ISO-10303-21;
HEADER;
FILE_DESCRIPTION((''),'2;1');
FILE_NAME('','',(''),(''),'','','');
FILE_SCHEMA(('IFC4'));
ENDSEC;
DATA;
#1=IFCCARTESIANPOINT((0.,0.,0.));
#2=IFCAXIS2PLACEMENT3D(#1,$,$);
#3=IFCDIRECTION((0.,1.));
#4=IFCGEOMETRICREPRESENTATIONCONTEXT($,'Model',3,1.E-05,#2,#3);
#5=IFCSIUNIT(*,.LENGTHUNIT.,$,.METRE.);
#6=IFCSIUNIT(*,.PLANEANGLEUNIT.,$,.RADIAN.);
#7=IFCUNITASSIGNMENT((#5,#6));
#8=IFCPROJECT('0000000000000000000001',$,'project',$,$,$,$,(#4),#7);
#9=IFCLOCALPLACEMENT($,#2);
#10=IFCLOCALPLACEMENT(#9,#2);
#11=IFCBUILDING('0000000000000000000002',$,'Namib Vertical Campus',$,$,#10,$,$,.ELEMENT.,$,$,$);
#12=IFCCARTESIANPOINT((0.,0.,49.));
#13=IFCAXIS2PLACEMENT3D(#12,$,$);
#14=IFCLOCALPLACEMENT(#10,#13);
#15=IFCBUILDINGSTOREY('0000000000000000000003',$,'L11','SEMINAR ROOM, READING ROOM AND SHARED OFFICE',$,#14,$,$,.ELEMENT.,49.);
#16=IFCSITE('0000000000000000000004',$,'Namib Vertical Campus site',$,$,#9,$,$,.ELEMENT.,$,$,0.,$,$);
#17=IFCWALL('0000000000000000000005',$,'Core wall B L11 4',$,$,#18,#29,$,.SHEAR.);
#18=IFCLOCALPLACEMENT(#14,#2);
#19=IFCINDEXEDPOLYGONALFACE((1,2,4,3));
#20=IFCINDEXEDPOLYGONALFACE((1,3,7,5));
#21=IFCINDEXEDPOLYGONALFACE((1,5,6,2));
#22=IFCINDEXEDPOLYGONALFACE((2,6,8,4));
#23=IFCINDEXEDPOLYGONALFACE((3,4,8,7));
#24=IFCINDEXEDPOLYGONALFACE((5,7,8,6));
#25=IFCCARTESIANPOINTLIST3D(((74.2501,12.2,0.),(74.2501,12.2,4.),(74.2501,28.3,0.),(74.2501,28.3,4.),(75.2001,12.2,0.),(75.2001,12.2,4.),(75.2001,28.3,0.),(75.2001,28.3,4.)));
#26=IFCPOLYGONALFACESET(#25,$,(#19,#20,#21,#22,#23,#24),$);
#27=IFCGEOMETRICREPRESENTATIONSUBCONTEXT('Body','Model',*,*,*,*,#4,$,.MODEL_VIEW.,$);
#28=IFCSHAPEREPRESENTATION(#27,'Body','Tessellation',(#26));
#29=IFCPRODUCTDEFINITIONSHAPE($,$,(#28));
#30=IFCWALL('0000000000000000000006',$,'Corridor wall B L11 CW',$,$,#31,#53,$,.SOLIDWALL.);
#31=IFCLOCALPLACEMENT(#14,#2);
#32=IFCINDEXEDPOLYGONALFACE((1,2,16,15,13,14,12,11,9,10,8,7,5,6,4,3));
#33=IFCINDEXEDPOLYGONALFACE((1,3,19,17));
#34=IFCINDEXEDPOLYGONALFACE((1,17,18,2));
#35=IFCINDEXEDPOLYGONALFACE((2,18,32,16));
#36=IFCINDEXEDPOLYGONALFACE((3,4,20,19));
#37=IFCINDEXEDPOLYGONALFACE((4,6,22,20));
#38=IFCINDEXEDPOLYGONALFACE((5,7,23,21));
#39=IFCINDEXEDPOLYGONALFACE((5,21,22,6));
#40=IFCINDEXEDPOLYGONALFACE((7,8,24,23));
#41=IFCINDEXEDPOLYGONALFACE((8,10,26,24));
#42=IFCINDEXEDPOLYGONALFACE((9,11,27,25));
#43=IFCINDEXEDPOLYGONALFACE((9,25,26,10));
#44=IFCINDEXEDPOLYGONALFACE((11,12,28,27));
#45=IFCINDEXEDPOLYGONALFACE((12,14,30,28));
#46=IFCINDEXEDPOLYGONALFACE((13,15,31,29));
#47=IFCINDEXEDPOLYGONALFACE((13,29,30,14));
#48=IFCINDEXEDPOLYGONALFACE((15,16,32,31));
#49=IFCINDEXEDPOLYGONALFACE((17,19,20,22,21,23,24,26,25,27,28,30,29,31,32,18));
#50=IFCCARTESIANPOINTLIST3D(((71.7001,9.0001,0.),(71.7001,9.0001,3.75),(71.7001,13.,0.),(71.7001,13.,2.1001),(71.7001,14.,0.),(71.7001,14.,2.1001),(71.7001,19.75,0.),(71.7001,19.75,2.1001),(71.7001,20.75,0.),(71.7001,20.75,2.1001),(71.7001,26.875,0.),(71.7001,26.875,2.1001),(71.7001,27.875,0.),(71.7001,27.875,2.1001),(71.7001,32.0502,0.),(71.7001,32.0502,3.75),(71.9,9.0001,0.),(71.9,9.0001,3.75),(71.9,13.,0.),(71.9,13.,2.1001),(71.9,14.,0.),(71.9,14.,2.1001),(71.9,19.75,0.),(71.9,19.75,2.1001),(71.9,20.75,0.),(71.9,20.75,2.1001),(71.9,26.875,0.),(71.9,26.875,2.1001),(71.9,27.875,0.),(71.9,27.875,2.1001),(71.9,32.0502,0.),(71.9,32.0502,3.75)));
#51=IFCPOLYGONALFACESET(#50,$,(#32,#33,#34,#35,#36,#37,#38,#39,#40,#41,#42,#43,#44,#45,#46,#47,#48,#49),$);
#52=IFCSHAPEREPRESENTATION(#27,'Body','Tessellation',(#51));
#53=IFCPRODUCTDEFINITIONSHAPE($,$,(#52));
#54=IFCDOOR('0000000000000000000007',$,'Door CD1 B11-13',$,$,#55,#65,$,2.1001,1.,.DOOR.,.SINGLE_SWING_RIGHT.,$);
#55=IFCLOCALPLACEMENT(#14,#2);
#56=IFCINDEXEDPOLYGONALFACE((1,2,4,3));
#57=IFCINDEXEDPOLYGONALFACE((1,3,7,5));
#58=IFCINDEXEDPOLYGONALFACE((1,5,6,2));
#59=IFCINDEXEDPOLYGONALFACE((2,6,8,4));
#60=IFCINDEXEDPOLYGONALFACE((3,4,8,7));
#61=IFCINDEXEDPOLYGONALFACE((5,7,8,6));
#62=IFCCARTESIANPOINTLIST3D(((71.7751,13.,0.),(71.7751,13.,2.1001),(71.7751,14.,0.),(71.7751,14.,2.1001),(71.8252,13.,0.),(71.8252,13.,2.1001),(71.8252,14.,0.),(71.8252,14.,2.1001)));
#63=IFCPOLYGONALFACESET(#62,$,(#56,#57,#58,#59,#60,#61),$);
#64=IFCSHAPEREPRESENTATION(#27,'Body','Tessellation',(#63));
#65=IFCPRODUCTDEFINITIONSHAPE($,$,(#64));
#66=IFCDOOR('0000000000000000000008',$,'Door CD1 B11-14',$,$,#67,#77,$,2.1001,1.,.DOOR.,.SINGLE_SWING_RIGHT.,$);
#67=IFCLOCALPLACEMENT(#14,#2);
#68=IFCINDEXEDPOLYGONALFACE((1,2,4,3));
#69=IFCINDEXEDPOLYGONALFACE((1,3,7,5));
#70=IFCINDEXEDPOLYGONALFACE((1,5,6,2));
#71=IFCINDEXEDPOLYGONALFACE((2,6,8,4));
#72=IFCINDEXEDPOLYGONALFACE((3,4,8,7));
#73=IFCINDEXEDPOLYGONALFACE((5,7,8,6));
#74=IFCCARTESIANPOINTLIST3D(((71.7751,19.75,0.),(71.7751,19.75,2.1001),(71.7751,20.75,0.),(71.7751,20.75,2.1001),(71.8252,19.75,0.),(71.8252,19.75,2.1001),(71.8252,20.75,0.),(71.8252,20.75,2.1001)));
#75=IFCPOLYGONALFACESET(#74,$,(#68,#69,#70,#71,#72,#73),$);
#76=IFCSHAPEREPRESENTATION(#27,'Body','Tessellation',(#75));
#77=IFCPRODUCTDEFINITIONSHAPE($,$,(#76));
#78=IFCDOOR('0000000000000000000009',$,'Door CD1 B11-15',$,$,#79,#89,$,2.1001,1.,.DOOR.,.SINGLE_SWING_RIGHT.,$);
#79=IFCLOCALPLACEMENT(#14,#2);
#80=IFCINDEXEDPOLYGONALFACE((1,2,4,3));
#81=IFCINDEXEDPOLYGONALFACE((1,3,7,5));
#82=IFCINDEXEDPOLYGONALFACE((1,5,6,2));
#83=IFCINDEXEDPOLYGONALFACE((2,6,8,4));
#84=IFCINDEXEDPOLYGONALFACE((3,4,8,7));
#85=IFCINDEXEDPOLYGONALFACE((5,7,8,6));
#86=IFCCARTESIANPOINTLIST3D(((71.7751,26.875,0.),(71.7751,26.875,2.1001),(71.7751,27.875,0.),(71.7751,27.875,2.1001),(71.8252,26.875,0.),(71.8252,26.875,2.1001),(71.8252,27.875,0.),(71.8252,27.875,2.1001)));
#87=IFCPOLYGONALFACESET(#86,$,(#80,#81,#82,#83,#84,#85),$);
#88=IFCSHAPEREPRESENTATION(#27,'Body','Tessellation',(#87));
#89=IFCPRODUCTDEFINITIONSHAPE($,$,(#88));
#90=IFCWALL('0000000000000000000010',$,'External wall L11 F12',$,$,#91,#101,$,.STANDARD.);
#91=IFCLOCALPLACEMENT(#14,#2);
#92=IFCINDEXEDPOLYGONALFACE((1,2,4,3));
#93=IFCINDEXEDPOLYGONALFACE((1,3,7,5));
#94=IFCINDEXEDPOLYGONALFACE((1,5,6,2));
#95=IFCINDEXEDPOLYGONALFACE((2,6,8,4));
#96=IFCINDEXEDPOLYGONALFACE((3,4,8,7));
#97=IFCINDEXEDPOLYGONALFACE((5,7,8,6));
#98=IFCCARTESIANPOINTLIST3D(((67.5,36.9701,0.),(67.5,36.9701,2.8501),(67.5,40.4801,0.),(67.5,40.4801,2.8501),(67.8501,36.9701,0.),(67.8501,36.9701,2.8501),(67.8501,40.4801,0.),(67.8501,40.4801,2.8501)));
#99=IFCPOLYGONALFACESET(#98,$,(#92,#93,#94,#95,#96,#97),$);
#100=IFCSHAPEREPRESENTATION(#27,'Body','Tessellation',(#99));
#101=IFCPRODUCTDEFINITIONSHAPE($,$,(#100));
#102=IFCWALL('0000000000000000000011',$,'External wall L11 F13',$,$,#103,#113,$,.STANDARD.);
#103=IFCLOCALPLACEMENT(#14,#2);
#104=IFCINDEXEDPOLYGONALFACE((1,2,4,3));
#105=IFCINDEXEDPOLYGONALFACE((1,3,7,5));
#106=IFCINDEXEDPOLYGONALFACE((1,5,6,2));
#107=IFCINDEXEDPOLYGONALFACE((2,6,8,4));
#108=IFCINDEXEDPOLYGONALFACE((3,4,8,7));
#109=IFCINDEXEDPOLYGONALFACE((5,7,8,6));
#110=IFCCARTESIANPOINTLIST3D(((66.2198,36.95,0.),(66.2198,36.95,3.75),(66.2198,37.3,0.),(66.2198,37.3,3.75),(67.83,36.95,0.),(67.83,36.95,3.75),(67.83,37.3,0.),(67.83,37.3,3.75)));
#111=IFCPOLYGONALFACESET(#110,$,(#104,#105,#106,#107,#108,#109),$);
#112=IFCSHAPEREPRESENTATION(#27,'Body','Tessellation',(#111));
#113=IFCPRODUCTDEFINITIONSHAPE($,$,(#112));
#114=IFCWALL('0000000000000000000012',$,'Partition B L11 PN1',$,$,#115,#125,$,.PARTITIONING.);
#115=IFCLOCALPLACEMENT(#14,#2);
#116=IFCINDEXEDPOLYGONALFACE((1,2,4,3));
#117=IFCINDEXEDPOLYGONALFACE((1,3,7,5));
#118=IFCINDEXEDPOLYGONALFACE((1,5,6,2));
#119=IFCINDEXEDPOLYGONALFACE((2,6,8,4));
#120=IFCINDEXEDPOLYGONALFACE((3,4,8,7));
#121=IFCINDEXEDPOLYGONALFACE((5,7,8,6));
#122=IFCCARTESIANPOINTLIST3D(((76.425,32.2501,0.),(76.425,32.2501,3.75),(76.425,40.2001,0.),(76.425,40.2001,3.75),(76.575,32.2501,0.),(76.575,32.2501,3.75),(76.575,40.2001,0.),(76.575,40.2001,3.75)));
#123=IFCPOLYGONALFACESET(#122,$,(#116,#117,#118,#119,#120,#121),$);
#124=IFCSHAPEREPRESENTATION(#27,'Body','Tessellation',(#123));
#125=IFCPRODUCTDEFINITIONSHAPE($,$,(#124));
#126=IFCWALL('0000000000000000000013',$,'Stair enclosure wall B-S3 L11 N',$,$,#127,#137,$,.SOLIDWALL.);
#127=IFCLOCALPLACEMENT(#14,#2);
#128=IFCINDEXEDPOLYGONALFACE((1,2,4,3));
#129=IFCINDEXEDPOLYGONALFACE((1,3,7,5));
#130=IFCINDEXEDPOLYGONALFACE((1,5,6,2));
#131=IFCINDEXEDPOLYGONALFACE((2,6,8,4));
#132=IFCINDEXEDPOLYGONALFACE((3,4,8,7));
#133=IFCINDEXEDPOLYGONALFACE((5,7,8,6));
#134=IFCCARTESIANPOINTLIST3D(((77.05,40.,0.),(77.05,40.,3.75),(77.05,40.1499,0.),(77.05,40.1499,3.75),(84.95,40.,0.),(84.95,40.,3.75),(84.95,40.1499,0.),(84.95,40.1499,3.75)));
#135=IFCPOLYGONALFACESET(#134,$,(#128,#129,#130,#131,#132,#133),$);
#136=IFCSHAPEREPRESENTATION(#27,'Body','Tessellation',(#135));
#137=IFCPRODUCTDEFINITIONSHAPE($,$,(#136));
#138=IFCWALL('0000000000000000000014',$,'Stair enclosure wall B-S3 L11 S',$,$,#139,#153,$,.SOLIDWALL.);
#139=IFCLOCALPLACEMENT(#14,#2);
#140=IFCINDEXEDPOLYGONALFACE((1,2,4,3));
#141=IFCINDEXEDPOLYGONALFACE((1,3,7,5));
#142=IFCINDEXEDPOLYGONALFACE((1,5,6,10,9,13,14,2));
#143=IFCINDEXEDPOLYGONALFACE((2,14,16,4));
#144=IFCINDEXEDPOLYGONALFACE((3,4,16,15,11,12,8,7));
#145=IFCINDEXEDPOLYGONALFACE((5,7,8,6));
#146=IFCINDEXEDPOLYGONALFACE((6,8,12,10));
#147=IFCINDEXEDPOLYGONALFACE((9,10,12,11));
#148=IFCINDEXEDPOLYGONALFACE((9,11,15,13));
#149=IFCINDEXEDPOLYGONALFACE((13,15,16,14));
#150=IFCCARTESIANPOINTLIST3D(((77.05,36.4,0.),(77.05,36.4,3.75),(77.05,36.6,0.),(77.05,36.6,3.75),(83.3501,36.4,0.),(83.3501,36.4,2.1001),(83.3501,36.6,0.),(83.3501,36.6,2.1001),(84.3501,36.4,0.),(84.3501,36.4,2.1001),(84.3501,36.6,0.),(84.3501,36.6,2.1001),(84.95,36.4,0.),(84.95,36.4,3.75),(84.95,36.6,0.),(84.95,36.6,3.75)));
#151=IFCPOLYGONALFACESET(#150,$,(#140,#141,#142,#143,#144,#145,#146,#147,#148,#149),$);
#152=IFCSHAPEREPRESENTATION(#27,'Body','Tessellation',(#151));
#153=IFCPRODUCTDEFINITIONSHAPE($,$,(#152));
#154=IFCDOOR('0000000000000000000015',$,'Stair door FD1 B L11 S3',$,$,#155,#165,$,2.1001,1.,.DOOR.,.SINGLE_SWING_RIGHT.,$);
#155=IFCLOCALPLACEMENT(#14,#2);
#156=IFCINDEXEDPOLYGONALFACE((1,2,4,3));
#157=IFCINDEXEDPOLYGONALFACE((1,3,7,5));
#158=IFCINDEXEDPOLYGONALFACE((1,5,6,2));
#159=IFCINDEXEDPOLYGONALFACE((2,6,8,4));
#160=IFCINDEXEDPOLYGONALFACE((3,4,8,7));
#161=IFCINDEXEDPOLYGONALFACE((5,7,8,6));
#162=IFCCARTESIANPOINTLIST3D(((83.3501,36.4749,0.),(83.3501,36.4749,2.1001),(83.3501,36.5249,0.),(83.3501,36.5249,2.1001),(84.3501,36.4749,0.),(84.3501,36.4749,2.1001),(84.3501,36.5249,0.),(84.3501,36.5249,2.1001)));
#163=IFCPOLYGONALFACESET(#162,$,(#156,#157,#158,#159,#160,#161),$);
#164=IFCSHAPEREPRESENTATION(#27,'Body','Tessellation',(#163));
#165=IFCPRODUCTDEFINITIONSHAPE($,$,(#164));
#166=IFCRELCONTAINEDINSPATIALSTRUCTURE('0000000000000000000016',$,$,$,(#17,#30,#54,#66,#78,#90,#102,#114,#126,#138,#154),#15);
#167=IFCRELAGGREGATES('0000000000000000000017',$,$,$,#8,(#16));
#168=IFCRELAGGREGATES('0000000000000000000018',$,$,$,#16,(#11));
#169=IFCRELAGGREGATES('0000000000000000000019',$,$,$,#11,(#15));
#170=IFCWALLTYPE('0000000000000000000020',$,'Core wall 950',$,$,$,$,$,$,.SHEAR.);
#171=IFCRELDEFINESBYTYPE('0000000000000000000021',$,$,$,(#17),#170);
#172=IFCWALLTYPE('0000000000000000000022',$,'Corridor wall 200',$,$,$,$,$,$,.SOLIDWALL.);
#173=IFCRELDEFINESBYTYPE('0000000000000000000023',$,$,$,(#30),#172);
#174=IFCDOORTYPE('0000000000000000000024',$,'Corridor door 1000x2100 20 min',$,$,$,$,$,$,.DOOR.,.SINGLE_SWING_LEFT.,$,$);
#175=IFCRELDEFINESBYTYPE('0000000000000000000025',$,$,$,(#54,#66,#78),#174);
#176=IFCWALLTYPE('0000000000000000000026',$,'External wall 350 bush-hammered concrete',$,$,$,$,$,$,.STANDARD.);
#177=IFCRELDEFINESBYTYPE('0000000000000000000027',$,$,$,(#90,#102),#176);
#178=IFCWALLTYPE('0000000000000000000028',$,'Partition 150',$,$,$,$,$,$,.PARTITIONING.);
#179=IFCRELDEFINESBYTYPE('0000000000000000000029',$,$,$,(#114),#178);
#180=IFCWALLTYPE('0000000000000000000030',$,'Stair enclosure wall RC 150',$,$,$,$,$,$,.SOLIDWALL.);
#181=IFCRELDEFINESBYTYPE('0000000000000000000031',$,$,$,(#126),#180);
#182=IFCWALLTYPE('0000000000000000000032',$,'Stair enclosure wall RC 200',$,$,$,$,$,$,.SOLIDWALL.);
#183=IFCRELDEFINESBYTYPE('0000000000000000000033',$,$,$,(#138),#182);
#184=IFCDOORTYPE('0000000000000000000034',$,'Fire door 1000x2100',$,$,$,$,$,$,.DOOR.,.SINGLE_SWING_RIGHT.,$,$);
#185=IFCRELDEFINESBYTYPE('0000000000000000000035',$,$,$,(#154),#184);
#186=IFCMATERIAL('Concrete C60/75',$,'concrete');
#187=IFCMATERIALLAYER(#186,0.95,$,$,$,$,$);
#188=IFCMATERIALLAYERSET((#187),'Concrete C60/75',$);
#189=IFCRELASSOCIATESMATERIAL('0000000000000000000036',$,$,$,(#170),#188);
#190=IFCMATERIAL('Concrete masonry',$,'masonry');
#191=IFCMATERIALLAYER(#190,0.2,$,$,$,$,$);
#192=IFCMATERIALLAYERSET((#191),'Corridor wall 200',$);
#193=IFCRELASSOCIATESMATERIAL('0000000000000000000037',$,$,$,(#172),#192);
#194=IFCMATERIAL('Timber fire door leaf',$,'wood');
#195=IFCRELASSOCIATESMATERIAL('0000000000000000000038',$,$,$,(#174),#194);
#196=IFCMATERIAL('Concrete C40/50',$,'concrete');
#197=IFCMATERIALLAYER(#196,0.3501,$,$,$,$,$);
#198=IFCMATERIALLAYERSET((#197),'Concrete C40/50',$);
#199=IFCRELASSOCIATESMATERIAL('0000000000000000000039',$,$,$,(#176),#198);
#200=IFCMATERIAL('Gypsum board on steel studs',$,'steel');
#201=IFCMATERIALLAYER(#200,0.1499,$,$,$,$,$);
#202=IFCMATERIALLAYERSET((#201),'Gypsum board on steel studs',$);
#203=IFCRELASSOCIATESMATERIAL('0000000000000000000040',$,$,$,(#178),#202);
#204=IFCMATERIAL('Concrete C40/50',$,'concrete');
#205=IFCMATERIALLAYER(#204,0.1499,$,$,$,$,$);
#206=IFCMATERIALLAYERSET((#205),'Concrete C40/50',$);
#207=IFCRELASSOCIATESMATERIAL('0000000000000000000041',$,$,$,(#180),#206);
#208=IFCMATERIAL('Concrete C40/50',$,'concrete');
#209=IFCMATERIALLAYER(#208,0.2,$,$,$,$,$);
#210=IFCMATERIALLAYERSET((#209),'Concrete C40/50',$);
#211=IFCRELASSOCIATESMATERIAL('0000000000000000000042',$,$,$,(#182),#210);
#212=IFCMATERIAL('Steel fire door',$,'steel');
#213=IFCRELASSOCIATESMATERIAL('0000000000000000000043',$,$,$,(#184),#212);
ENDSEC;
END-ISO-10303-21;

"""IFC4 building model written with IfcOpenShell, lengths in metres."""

from ifc_helpers import new_model, si_unit, direction, frame, frame_2d, origin, place, context, subcontext, project, spatial, rectangle, extrude, material, layer, layer_set, type_object, element, fill, save


model = new_model("IFC4")

# Units and contexts
model_context = context("Model", 3, precision=1e-05, world=origin(), true_north=direction((0.0, 1.0)))
body_context = subcontext(model_context, "Body", "Model", "MODEL_VIEW")
ifc_project = project(units=[si_unit("LENGTHUNIT", "METRE"), si_unit("PLANEANGLEUNIT", "RADIAN")], contexts=[model_context])

# Site, building, storey
site_placement = place(None, origin())
site = spatial("IfcSite", under=ifc_project, at=site_placement, Name="Namib Vertical Campus site", CompositionType="ELEMENT", RefElevation=0.0)
building_placement = place(site_placement, origin())
building = spatial("IfcBuilding", under=site, at=building_placement, Name="Namib Vertical Campus", CompositionType="ELEMENT")
storey_placement = place(building_placement, frame((0.0, 0.0, 49.0)))
storey = spatial("IfcBuildingStorey", under=building, at=storey_placement, Name="L11", Description="SEMINAR ROOM, READING ROOM AND SHARED OFFICE", CompositionType="ELEMENT", Elevation=49.0)

# Wall
ifc_material_1 = material(Name="Concrete C60/75", Category="concrete")
ifc_layer_1 = layer(ifc_material_1, 0.95)
ifc_layer_set_1 = layer_set([ifc_layer_1], Name="Concrete C60/75")
wall_type_1 = type_object("IfcWallType", Name="Core wall 950", PredefinedType="SHEAR", material=ifc_layer_set_1)
wall_1_placement = place(storey_placement, frame((74.7251, 28.3, 0.0), z_axis=(0.0, 0.0, 1.0), x_axis=(0.0, -1.0, 0.0)))
element("IfcWall", 1, at=wall_1_placement, inside=storey, type_object=wall_type_1, Name="Core wall B L11 4", PredefinedType="SHEAR", context=body_context, shape_type="SweptSolid", body=[
    extrude(rectangle(XDim=16.1001, YDim=0.95, at=frame_2d((8.05, 0.0))), origin(), (0.0, 0.0, 1.0), 4.0),
])

# Wall, openings, doors
ifc_material_2 = material(Name="Concrete masonry", Category="masonry")
ifc_layer_2 = layer(ifc_material_2, 0.2)
ifc_layer_set_2 = layer_set([ifc_layer_2], Name="Corridor wall 200")
wall_type_2 = type_object("IfcWallType", Name="Corridor wall 200", PredefinedType="SOLIDWALL", material=ifc_layer_set_2)
wall_2_placement = place(storey_placement, frame((71.8, 32.05, 0.0), z_axis=(0.0, 0.0, 1.0), x_axis=(0.0, -1.0, 0.0)))
wall_2 = element("IfcWall", 2, at=wall_2_placement, inside=storey, type_object=wall_type_2, Name="Corridor wall B L11 CW", PredefinedType="SOLIDWALL", context=body_context, shape_type="SweptSolid", body=[
    extrude(rectangle(XDim=23.05, YDim=0.2, at=frame_2d((11.5249, 0.0))), origin(), (0.0, 0.0, 1.0), 3.75),
])
opening_1_placement = place(wall_2_placement, frame((18.05, 0.0, 0.0)))
opening_1 = element("IfcOpeningElement", 3, at=opening_1_placement, cuts=wall_2, PredefinedType="OPENING", context=body_context, shape_type="SweptSolid", body=[
    extrude(rectangle(XDim=1.0, YDim=2.1001, at=frame_2d((0.5, 1.05))), frame((0.0, 0.1099, 0.0), z_axis=(0.0, -1.0, 0.0), x_axis=(1.0, 0.0, 0.0)), (0.0, 0.0, 1.0), 0.22),
])
opening_2_placement = place(wall_2_placement, frame((11.3, 0.0, 0.0)))
opening_2 = element("IfcOpeningElement", 4, at=opening_2_placement, cuts=wall_2, PredefinedType="OPENING", context=body_context, shape_type="SweptSolid", body=[
    extrude(rectangle(XDim=1.0, YDim=2.1001, at=frame_2d((0.5, 1.05))), frame((0.0, 0.1099, 0.0), z_axis=(0.0, -1.0, 0.0), x_axis=(1.0, 0.0, 0.0)), (0.0, 0.0, 1.0), 0.22),
])
opening_3_placement = place(wall_2_placement, frame((4.175, 0.0, 0.0)))
opening_3 = element("IfcOpeningElement", 5, at=opening_3_placement, cuts=wall_2, PredefinedType="OPENING", context=body_context, shape_type="SweptSolid", body=[
    extrude(rectangle(XDim=1.0, YDim=2.1001, at=frame_2d((0.5, 1.05))), frame((0.0, 0.1099, 0.0), z_axis=(0.0, -1.0, 0.0), x_axis=(1.0, 0.0, 0.0)), (0.0, 0.0, 1.0), 0.22),
])
ifc_material_3 = material(Name="Timber fire door leaf", Category="wood")
door_type_1 = type_object("IfcDoorType", Name="Corridor door 1000x2100 20 min", OperationType="SINGLE_SWING_LEFT", PredefinedType="DOOR", material=ifc_material_3)
door_1_placement = place(opening_1_placement, frame((1.0, 0.0, 0.0), z_axis=(0.0, 0.0, 1.0), x_axis=(-1.0, 0.0, 0.0)))
door_1 = element("IfcDoor", 6, at=door_1_placement, inside=storey, type_object=door_type_1, Name="Door CD1 B11-13", OperationType="SINGLE_SWING_RIGHT", OverallHeight=2.1001, OverallWidth=1.0, PredefinedType="DOOR", context=body_context, shape_type="SweptSolid", body=[
    extrude(rectangle(XDim=1.0, YDim=2.1001, at=frame_2d((0.5, 1.05))), frame((0.0, 0.0249, 0.0), z_axis=(0.0, -1.0, 0.0), x_axis=(1.0, 0.0, 0.0)), (0.0, 0.0, 1.0), 0.05),
])
fill(opening_1, door_1)
door_2_placement = place(opening_2_placement, frame((1.0, 0.0, 0.0), z_axis=(0.0, 0.0, 1.0), x_axis=(-1.0, 0.0, 0.0)))
door_2 = element("IfcDoor", 7, at=door_2_placement, inside=storey, type_object=door_type_1, Name="Door CD1 B11-14", OperationType="SINGLE_SWING_RIGHT", OverallHeight=2.1001, OverallWidth=1.0, PredefinedType="DOOR", context=body_context, shape_type="SweptSolid", body=[
    extrude(rectangle(XDim=1.0, YDim=2.1001, at=frame_2d((0.5, 1.05))), frame((0.0, 0.0249, 0.0), z_axis=(0.0, -1.0, 0.0), x_axis=(1.0, 0.0, 0.0)), (0.0, 0.0, 1.0), 0.05),
])
fill(opening_2, door_2)
door_3_placement = place(opening_3_placement, frame((1.0, 0.0, 0.0), z_axis=(0.0, 0.0, 1.0), x_axis=(-1.0, 0.0, 0.0)))
door_3 = element("IfcDoor", 8, at=door_3_placement, inside=storey, type_object=door_type_1, Name="Door CD1 B11-15", OperationType="SINGLE_SWING_RIGHT", OverallHeight=2.1001, OverallWidth=1.0, PredefinedType="DOOR", context=body_context, shape_type="SweptSolid", body=[
    extrude(rectangle(XDim=1.0, YDim=2.1001, at=frame_2d((0.5, 1.05))), frame((0.0, 0.0249, 0.0), z_axis=(0.0, -1.0, 0.0), x_axis=(1.0, 0.0, 0.0)), (0.0, 0.0, 1.0), 0.05),
])
fill(opening_3, door_3)

# Walls
ifc_material_4 = material(Name="Concrete C40/50", Category="concrete")
ifc_layer_3 = layer(ifc_material_4, 0.3501)
ifc_layer_set_3 = layer_set([ifc_layer_3], Name="Concrete C40/50")
wall_type_3 = type_object("IfcWallType", Name="External wall 350 bush-hammered concrete", PredefinedType="STANDARD", material=ifc_layer_set_3)
wall_3_placement = place(storey_placement, frame((67.675, 40.48, 0.0), z_axis=(0.0, 0.0, 1.0), x_axis=(0.0, -1.0, 0.0)))
element("IfcWall", 9, at=wall_3_placement, inside=storey, type_object=wall_type_3, Name="External wall L11 F12", PredefinedType="STANDARD", context=body_context, shape_type="SweptSolid", body=[
    extrude(rectangle(XDim=3.51, YDim=0.3501, at=frame_2d((1.7549, 0.0))), origin(), (0.0, 0.0, 1.0), 2.8501),
])
wall_4_placement = place(storey_placement, frame((67.8301, 37.125, 0.0), z_axis=(0.0, 0.0, 1.0), x_axis=(-1.0, 0.0, 0.0)))
element("IfcWall", 10, at=wall_4_placement, inside=storey, type_object=wall_type_3, Name="External wall L11 F13", PredefinedType="STANDARD", context=body_context, shape_type="SweptSolid", body=[
    extrude(rectangle(XDim=1.6101, YDim=0.3501, at=frame_2d((0.8052, 0.0))), origin(), (0.0, 0.0, 1.0), 3.75),
])
ifc_material_5 = material(Name="Gypsum board on steel studs", Category="steel")
ifc_layer_4 = layer(ifc_material_5, 0.1499)
ifc_layer_set_4 = layer_set([ifc_layer_4], Name="Gypsum board on steel studs")
wall_type_4 = type_object("IfcWallType", Name="Partition 150", PredefinedType="PARTITIONING", material=ifc_layer_set_4)
wall_5_placement = place(storey_placement, frame((76.5, 32.25, 0.0), z_axis=(0.0, 0.0, 1.0), x_axis=(0.0, 1.0, 0.0)))
element("IfcWall", 11, at=wall_5_placement, inside=storey, type_object=wall_type_4, Name="Partition B L11 PN1", PredefinedType="PARTITIONING", context=body_context, shape_type="SweptSolid", body=[
    extrude(rectangle(XDim=7.95, YDim=0.1499, at=frame_2d((3.9751, 0.0))), origin(), (0.0, 0.0, 1.0), 3.75),
])
ifc_material_6 = material(Name="Concrete C40/50", Category="concrete")
ifc_layer_5 = layer(ifc_material_6, 0.1499)
ifc_layer_set_5 = layer_set([ifc_layer_5], Name="Concrete C40/50")
wall_type_5 = type_object("IfcWallType", Name="Stair enclosure wall RC 150", PredefinedType="SOLIDWALL", material=ifc_layer_set_5)
wall_6_placement = place(storey_placement, frame((77.05, 40.075, 0.0), z_axis=(0.0, 0.0, 1.0), x_axis=(1.0, 0.0, 0.0)))
element("IfcWall", 12, at=wall_6_placement, inside=storey, type_object=wall_type_5, Name="Stair enclosure wall B-S3 L11 N", PredefinedType="SOLIDWALL", context=body_context, shape_type="SweptSolid", body=[
    extrude(rectangle(XDim=7.8999, YDim=0.1499, at=frame_2d((3.95, 0.0))), origin(), (0.0, 0.0, 1.0), 3.75),
])

# Wall, opening, door
ifc_material_7 = material(Name="Concrete C40/50", Category="concrete")
ifc_layer_6 = layer(ifc_material_7, 0.2)
ifc_layer_set_6 = layer_set([ifc_layer_6], Name="Concrete C40/50")
wall_type_6 = type_object("IfcWallType", Name="Stair enclosure wall RC 200", PredefinedType="SOLIDWALL", material=ifc_layer_set_6)
wall_7_placement = place(storey_placement, frame((77.05, 36.5, 0.0), z_axis=(0.0, 0.0, 1.0), x_axis=(1.0, 0.0, 0.0)))
wall_7 = element("IfcWall", 13, at=wall_7_placement, inside=storey, type_object=wall_type_6, Name="Stair enclosure wall B-S3 L11 S", PredefinedType="SOLIDWALL", context=body_context, shape_type="SweptSolid", body=[
    extrude(rectangle(XDim=7.8999, YDim=0.2, at=frame_2d((3.95, 0.0))), origin(), (0.0, 0.0, 1.0), 3.75),
])
opening_4_placement = place(wall_7_placement, frame((6.3, 0.0, 0.0)))
opening_4 = element("IfcOpeningElement", 14, at=opening_4_placement, cuts=wall_7, PredefinedType="OPENING", context=body_context, shape_type="SweptSolid", body=[
    extrude(rectangle(XDim=1.0, YDim=2.1001, at=frame_2d((0.5, 1.05))), frame((0.0, 0.1099, 0.0), z_axis=(0.0, -1.0, 0.0), x_axis=(1.0, 0.0, 0.0)), (0.0, 0.0, 1.0), 0.22),
])
ifc_material_8 = material(Name="Steel fire door", Category="steel")
door_type_2 = type_object("IfcDoorType", Name="Fire door 1000x2100", OperationType="SINGLE_SWING_RIGHT", PredefinedType="DOOR", material=ifc_material_8)
door_4_placement = place(opening_4_placement, origin())
door_4 = element("IfcDoor", 15, at=door_4_placement, inside=storey, type_object=door_type_2, Name="Stair door FD1 B L11 S3", OperationType="SINGLE_SWING_RIGHT", OverallHeight=2.1001, OverallWidth=1.0, PredefinedType="DOOR", context=body_context, shape_type="SweptSolid", body=[
    extrude(rectangle(XDim=1.0, YDim=2.1001, at=frame_2d((0.5, 1.05))), frame((0.0, 0.0249, 0.0), z_axis=(0.0, -1.0, 0.0), x_axis=(1.0, 0.0, 0.0)), (0.0, 0.0, 1.0), 0.05),
])
fill(opening_4, door_4)

save(model, "model.ifc")
